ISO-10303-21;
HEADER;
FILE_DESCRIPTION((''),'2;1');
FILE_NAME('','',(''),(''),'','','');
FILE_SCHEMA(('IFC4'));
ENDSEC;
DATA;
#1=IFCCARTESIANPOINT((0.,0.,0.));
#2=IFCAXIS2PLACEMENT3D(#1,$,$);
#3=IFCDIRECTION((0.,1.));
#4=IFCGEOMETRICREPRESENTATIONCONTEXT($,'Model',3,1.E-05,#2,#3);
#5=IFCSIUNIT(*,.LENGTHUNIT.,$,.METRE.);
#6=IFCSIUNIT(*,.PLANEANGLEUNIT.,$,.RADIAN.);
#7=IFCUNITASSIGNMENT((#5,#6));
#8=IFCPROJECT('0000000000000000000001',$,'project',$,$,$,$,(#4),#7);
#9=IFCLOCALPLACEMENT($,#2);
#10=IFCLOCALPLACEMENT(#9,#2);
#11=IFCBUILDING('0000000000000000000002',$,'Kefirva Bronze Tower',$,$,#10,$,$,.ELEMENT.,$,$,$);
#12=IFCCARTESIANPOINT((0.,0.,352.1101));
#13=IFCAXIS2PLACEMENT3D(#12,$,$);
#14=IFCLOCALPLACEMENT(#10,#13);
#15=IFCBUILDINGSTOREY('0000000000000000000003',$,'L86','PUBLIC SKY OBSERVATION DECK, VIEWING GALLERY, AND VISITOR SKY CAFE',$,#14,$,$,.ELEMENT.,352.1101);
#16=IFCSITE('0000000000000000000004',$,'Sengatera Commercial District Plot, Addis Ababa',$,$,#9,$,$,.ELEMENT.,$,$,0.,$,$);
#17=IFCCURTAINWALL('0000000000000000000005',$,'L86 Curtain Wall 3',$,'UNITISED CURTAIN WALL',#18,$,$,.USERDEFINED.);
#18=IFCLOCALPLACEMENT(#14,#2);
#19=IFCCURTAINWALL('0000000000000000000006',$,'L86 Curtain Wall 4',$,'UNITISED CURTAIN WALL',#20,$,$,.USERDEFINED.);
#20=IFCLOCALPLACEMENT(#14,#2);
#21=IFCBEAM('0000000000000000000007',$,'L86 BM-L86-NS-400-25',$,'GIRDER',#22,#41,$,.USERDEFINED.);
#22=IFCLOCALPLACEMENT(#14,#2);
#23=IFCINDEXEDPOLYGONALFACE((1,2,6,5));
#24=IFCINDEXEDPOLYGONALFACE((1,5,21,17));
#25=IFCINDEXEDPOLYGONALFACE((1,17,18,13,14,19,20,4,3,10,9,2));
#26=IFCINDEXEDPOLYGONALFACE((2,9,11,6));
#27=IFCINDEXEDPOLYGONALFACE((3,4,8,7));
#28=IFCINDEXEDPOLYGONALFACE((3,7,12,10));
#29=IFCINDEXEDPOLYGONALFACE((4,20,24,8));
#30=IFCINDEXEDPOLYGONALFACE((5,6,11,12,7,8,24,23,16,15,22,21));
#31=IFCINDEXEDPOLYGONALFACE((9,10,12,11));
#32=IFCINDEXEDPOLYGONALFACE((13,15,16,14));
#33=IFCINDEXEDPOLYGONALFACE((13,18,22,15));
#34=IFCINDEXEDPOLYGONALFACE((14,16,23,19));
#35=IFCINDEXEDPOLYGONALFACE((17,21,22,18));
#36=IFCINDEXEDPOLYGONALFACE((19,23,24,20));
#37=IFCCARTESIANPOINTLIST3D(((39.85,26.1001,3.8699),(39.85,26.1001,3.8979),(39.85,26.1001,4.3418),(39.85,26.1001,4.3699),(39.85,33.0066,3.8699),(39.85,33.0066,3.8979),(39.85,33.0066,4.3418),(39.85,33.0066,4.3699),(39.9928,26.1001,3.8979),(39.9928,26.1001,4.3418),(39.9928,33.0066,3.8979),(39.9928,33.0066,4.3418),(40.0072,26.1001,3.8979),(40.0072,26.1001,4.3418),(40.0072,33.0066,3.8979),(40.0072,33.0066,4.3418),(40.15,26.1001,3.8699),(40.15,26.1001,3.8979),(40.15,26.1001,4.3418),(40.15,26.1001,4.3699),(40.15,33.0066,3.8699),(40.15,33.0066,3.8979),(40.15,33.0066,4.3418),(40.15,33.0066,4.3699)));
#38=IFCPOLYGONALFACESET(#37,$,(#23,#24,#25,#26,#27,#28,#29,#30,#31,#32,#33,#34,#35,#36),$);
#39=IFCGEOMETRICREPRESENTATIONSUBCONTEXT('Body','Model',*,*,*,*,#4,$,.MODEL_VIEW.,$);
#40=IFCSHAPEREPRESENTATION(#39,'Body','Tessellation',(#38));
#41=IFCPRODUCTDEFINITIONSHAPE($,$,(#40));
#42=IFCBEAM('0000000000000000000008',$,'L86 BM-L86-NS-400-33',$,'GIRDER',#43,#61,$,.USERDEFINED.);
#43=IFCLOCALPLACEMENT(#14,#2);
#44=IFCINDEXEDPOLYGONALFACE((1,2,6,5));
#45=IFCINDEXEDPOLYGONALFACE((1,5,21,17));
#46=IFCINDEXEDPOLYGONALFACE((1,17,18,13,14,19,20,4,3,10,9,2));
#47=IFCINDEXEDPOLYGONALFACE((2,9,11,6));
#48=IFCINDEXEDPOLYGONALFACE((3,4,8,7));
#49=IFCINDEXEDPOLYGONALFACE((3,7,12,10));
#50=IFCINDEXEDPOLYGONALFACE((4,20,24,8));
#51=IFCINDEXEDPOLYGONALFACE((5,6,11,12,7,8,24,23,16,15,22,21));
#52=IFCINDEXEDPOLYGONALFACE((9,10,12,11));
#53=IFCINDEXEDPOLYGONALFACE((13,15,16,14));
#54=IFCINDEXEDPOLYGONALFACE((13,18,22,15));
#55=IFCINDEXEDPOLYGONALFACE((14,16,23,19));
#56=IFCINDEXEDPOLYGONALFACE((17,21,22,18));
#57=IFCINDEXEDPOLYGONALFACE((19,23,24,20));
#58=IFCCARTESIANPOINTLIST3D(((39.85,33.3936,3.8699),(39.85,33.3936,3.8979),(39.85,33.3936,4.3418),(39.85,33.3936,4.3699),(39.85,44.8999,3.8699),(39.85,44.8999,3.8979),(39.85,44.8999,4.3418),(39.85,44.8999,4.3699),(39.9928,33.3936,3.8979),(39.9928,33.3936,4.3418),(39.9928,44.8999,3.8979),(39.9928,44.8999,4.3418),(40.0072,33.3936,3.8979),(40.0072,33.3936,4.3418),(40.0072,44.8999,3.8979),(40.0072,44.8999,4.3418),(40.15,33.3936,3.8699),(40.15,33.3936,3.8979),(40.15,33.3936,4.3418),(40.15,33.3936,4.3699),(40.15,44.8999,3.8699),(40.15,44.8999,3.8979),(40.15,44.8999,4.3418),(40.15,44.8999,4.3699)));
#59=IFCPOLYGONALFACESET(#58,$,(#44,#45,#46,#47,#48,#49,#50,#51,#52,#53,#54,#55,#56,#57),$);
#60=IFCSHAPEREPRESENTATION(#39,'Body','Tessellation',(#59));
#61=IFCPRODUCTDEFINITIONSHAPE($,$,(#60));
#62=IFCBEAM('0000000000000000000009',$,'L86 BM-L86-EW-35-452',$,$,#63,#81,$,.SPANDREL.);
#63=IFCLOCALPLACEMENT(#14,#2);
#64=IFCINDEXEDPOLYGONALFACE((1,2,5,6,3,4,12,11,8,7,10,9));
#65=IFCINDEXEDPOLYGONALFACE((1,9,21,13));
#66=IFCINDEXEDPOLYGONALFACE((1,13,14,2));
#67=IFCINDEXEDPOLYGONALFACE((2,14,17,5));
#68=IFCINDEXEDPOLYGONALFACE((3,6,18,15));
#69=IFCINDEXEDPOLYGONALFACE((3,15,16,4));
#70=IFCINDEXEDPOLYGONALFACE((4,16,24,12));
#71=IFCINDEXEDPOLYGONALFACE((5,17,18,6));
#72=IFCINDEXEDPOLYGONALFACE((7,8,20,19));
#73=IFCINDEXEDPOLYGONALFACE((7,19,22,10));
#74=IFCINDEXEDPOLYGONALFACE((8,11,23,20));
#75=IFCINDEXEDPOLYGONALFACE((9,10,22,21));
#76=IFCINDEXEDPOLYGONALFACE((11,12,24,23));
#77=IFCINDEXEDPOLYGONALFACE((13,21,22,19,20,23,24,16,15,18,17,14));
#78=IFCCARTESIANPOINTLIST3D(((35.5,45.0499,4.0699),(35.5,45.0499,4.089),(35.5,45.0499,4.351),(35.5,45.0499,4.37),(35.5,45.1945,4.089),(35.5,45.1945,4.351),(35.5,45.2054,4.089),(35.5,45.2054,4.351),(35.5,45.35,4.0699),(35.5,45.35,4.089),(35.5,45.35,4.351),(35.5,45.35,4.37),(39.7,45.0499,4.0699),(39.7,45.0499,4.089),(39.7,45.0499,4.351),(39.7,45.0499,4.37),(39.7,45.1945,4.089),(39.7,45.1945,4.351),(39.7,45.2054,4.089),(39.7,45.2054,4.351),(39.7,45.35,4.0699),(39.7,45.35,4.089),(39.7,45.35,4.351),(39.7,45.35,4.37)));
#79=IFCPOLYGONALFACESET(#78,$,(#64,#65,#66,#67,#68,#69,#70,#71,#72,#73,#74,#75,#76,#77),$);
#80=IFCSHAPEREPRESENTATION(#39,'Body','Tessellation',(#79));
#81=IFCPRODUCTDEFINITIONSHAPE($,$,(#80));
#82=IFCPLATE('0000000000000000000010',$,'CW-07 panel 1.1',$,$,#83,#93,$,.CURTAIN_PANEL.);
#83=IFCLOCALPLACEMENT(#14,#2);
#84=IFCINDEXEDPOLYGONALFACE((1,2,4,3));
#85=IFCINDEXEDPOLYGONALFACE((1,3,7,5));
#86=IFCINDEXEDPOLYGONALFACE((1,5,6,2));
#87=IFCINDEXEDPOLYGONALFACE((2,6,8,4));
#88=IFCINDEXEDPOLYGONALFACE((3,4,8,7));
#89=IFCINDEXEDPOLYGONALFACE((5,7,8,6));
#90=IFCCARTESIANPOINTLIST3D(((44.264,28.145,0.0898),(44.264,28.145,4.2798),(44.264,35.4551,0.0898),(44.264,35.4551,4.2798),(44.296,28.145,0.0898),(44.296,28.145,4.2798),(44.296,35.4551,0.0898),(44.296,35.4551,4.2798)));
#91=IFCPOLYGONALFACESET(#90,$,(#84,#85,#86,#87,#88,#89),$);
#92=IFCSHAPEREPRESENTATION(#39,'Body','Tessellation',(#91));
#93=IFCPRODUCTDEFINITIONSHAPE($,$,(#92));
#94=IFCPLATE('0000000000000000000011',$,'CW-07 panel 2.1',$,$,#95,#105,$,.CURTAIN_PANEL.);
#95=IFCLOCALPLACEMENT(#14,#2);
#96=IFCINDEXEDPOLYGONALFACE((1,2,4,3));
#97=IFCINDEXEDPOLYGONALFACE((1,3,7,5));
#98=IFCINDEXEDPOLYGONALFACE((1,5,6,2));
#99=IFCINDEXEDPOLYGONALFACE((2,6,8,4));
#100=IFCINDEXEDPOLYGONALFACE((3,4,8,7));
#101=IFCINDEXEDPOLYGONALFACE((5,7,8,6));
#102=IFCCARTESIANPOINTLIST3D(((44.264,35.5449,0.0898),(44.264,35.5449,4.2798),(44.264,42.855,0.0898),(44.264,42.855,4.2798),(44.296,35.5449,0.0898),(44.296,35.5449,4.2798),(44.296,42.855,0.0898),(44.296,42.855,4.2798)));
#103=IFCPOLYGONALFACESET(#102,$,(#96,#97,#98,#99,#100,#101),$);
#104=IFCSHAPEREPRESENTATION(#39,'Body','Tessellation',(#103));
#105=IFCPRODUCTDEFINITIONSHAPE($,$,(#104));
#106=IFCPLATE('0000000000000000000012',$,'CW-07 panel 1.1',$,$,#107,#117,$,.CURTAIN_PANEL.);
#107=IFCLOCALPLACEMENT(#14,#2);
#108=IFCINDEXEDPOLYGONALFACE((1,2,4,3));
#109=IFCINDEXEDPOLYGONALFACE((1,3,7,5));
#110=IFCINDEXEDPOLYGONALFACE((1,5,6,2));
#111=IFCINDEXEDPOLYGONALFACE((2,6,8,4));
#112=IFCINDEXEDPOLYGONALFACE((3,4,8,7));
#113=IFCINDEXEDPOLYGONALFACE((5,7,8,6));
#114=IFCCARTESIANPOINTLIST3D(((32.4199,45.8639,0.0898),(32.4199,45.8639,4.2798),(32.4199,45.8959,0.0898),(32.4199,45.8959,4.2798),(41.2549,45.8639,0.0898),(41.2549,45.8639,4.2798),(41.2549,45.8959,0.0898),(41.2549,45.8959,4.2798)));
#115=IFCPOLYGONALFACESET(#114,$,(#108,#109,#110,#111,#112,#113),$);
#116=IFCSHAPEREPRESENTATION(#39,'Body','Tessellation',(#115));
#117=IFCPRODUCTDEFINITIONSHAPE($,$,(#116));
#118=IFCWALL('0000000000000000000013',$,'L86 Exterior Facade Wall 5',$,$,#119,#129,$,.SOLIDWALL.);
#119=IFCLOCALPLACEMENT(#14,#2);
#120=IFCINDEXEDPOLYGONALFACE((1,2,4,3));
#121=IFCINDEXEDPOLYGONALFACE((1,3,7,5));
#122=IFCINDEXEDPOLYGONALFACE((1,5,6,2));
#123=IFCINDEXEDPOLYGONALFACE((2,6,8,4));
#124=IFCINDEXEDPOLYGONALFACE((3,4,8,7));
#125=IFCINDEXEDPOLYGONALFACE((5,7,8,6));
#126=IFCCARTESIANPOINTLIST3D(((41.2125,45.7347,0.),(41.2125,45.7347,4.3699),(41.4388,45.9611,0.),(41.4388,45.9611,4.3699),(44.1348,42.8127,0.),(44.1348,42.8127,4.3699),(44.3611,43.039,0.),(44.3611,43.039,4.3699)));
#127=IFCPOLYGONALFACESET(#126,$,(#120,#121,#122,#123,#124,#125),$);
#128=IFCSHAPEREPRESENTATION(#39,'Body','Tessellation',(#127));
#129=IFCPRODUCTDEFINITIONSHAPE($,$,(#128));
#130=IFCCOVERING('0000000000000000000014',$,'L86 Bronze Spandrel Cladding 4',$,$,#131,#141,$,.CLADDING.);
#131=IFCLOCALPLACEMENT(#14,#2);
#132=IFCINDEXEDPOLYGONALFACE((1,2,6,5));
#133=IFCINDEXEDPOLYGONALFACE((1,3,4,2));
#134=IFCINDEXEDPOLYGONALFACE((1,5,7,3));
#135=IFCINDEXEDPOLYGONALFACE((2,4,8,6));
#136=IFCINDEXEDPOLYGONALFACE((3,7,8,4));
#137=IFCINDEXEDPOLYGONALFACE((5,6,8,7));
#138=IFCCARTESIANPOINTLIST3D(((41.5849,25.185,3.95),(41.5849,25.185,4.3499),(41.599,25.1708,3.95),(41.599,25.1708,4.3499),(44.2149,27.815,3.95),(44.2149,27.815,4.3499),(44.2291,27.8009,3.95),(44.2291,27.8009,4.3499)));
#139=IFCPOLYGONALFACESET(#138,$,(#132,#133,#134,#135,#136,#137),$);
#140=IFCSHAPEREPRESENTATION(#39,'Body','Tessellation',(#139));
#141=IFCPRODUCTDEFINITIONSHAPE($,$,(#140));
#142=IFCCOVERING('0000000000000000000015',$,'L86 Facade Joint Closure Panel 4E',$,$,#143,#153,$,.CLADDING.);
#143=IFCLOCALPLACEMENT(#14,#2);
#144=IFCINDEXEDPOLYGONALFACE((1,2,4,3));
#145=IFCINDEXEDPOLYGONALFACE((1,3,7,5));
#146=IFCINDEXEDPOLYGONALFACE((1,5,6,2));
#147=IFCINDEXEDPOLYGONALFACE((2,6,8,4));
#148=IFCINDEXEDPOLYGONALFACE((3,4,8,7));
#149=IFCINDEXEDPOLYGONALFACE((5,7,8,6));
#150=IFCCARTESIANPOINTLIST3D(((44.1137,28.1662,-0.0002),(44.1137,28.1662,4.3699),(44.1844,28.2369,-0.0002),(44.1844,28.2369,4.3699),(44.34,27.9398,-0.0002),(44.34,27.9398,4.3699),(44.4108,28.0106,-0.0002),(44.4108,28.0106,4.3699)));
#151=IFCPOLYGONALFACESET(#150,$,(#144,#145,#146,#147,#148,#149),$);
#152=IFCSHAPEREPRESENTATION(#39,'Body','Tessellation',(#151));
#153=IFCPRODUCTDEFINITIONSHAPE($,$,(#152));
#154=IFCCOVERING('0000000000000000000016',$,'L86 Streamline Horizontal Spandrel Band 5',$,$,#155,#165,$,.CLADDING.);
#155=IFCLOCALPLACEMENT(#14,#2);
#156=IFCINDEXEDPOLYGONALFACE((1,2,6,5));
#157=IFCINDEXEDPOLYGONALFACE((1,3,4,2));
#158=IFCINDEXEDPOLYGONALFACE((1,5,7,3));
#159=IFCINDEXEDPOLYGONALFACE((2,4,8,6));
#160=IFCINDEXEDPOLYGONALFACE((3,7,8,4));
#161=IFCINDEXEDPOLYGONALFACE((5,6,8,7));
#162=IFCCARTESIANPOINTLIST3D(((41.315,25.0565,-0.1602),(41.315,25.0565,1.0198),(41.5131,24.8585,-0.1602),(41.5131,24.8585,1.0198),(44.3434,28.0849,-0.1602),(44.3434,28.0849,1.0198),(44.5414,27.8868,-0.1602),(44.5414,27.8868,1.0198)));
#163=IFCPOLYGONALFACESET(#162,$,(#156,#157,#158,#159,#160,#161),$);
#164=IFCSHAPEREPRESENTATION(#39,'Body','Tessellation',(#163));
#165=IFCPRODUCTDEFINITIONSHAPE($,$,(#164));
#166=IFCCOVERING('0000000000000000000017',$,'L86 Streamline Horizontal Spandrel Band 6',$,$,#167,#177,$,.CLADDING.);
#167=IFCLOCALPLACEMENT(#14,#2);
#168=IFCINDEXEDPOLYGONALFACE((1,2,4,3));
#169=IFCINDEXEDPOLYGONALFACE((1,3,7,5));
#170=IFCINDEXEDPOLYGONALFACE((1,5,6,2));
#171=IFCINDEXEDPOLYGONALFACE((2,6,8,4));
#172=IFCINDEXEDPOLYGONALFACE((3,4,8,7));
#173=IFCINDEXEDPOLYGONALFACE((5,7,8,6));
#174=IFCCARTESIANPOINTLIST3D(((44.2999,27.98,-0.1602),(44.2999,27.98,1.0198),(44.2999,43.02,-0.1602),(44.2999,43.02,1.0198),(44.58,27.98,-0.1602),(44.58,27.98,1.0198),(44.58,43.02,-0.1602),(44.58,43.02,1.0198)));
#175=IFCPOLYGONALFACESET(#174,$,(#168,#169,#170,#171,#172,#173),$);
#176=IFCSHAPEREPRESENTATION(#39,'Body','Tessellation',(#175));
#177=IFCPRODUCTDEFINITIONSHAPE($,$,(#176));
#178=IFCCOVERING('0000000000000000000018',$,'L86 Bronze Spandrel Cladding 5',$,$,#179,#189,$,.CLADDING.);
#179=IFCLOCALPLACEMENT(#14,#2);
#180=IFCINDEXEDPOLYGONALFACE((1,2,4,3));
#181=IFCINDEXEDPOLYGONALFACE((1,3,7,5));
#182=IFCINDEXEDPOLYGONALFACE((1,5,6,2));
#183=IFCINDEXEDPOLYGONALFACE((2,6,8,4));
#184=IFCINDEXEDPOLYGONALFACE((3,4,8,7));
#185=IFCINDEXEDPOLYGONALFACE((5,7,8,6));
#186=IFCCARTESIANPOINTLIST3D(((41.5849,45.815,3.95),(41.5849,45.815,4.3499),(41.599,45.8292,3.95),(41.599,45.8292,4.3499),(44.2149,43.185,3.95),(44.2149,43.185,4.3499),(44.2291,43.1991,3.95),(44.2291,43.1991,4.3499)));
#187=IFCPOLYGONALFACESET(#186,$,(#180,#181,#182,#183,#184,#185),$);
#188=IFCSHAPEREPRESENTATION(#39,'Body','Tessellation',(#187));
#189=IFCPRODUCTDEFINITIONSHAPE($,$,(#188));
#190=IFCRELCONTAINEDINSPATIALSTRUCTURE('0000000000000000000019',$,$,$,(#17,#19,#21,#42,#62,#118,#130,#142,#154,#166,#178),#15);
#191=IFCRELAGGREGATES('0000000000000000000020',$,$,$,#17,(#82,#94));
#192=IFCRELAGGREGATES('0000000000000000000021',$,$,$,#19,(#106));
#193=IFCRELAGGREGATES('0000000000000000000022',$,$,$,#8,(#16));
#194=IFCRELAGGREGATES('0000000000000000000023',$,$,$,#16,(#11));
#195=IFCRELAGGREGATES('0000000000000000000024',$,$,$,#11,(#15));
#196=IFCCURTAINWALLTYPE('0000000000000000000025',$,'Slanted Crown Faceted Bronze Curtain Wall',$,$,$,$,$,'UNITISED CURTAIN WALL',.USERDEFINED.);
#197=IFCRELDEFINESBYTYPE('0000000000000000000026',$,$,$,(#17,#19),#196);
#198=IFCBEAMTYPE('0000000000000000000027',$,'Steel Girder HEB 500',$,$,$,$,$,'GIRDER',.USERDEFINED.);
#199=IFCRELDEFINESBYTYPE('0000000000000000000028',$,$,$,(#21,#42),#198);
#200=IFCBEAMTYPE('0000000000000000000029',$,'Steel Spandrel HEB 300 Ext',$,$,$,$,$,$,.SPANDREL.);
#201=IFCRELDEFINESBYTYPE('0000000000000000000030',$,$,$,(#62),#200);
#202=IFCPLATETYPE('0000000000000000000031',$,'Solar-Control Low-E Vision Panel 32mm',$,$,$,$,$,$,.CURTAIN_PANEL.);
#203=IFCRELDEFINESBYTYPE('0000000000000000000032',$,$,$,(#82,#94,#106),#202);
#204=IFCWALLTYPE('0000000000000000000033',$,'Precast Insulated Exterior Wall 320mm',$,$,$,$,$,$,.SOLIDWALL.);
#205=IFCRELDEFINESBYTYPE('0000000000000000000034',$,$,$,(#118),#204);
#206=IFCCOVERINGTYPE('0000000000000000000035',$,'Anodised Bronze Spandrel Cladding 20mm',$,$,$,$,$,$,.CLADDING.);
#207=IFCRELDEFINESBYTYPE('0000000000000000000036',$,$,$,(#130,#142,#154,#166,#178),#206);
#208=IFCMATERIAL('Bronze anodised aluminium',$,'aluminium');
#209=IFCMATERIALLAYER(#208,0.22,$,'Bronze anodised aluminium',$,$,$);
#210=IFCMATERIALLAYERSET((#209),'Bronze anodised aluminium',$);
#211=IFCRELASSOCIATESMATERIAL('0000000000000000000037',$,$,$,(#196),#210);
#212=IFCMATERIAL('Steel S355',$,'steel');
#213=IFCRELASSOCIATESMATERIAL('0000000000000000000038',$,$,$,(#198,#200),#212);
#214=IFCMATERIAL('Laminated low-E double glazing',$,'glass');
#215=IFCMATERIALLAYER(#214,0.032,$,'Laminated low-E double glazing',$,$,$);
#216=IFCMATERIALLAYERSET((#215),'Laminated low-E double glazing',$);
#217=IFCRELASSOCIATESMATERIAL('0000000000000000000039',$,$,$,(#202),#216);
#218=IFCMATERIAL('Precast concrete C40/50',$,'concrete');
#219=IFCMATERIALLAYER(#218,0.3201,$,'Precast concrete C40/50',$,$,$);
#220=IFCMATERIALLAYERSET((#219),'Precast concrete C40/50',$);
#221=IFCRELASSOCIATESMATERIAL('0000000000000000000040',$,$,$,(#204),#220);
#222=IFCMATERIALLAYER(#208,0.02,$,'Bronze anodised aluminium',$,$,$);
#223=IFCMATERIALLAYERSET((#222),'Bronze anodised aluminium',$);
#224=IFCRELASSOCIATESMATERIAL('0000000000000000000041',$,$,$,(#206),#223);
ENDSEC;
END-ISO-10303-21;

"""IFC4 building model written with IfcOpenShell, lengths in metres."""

from ifc_helpers import new_model, si_unit, direction, frame, frame_2d, origin, origin_2d, place, context, subcontext, project, spatial, rectangle, i_section, extrude, material, layer, layer_set, material_profile, profile_set, type_object, element, aggregate, save


model = new_model("IFC4")

# Units and contexts
model_context = context("Model", 3, precision=1e-05, world=origin(), true_north=direction((0.0, 1.0)))
body_context = subcontext(model_context, "Body", "Model", "MODEL_VIEW")
ifc_project = project(units=[si_unit("LENGTHUNIT", "METRE"), si_unit("PLANEANGLEUNIT", "RADIAN")], contexts=[model_context])

# Site, building, storey
site_placement = place(None, origin())
site = spatial("IfcSite", under=ifc_project, at=site_placement, Name="Sengatera Commercial District Plot, Addis Ababa", CompositionType="ELEMENT", RefElevation=0.0)
building_placement = place(site_placement, origin())
building = spatial("IfcBuilding", under=site, at=building_placement, Name="Kefirva Bronze Tower", CompositionType="ELEMENT")
storey_placement = place(building_placement, frame((0.0, 0.0, 352.1101)))
storey = spatial("IfcBuildingStorey", under=building, at=storey_placement, Name="L86", Description="PUBLIC SKY OBSERVATION DECK, VIEWING GALLERY, AND VISITOR SKY CAFE", CompositionType="ELEMENT", Elevation=352.1101)

# Curtain wall
ifc_material_1 = material(Name="Bronze anodised aluminium", Category="aluminium")
ifc_layer_1 = layer(ifc_material_1, 0.22, Name="Bronze anodised aluminium")
ifc_layer_set_1 = layer_set([ifc_layer_1], Name="Bronze anodised aluminium")
curtain_wall_type = type_object("IfcCurtainWallType", Name="Slanted Crown Faceted Bronze Curtain Wall", ElementType="UNITISED CURTAIN WALL", PredefinedType="USERDEFINED", material=ifc_layer_set_1)
curtain_wall_1_placement = place(storey_placement, origin())
curtain_wall_1 = element("IfcCurtainWall", 1, at=curtain_wall_1_placement, inside=storey, type_object=curtain_wall_type, Name="L86 Curtain Wall 3", ObjectType="UNITISED CURTAIN WALL", PredefinedType="USERDEFINED")

# Curtain wall
curtain_wall_2_placement = place(storey_placement, origin())
curtain_wall_2 = element("IfcCurtainWall", 2, at=curtain_wall_2_placement, inside=storey, type_object=curtain_wall_type, Name="L86 Curtain Wall 4", ObjectType="UNITISED CURTAIN WALL", PredefinedType="USERDEFINED")

# Beams
ifc_material_2 = material(Name="Steel S355", Category="steel")
ifc_material_profile_1 = material_profile(ifc_material_2, i_section(OverallWidth=0.3, OverallDepth=0.5, WebThickness=0.0144, FlangeThickness=0.0281, at=origin_2d()), Name="HEB 500")
ifc_profile_set_1 = profile_set([ifc_material_profile_1], Name="Steel S355")
beam_type_1 = type_object("IfcBeamType", Name="Steel Girder HEB 500", ElementType="GIRDER", PredefinedType="USERDEFINED", material=ifc_profile_set_1)
beam_1_placement = place(storey_placement, frame((40.0, 26.1001, 4.1199), z_axis=(0.0, 1.0, 0.0), x_axis=(-1.0, 0.0, 0.0)))
element("IfcBeam", 3, at=beam_1_placement, inside=storey, type_object=beam_type_1, Name="L86 BM-L86-NS-400-25", ObjectType="GIRDER", PredefinedType="USERDEFINED", context=body_context, shape_type="SweptSolid", body=[
    extrude(i_section(OverallWidth=0.3, OverallDepth=0.5, WebThickness=0.0144, FlangeThickness=0.0281, at=origin_2d()), origin(), (0.0, 0.0, 1.0), 6.9065),
])
beam_2_placement = place(storey_placement, frame((40.0, 33.3936, 4.1199), z_axis=(0.0, 1.0, 0.0), x_axis=(-1.0, 0.0, 0.0)))
element("IfcBeam", 4, at=beam_2_placement, inside=storey, type_object=beam_type_1, Name="L86 BM-L86-NS-400-33", ObjectType="GIRDER", PredefinedType="USERDEFINED", context=body_context, shape_type="SweptSolid", body=[
    extrude(i_section(OverallWidth=0.3, OverallDepth=0.5, WebThickness=0.0144, FlangeThickness=0.0281, at=origin_2d()), origin(), (0.0, 0.0, 1.0), 11.5063),
])
ifc_material_profile_2 = material_profile(ifc_material_2, i_section(OverallWidth=0.3, OverallDepth=0.3, WebThickness=0.011, FlangeThickness=0.019, at=origin_2d()), Name="HEB 300")
ifc_profile_set_2 = profile_set([ifc_material_profile_2], Name="Steel S355")
beam_type_2 = type_object("IfcBeamType", Name="Steel Spandrel HEB 300 Ext", PredefinedType="SPANDREL", material=ifc_profile_set_2)
beam_3_placement = place(storey_placement, frame((35.5, 45.2, 4.22), z_axis=(1.0, 0.0, 0.0), x_axis=(0.0, 1.0, 0.0)))
element("IfcBeam", 5, at=beam_3_placement, inside=storey, type_object=beam_type_2, Name="L86 BM-L86-EW-35-452", PredefinedType="SPANDREL", context=body_context, shape_type="SweptSolid", body=[
    extrude(i_section(OverallWidth=0.3, OverallDepth=0.3, WebThickness=0.011, FlangeThickness=0.019, at=origin_2d()), origin(), (0.0, 0.0, 1.0), 4.2),
])

# Plates
ifc_material_3 = material(Name="Laminated low-E double glazing", Category="glass")
ifc_layer_2 = layer(ifc_material_3, 0.032, Name="Laminated low-E double glazing")
ifc_layer_set_2 = layer_set([ifc_layer_2], Name="Laminated low-E double glazing")
plate_type = type_object("IfcPlateType", Name="Solar-Control Low-E Vision Panel 32mm", PredefinedType="CURTAIN_PANEL", material=ifc_layer_set_2)
plate_1_placement = place(storey_placement, frame((44.28, 31.8, 0.0898), z_axis=(0.0, 0.0, 1.0), x_axis=(0.0, 1.0, 0.0)))
plate_1 = element("IfcPlate", 6, at=plate_1_placement, type_object=plate_type, Name="CW-07 panel 1.1", PredefinedType="CURTAIN_PANEL", context=body_context, shape_type="SweptSolid", body=[
    extrude(rectangle(XDim=7.3101, YDim=0.032, at=origin_2d()), origin(), (0.0, 0.0, 1.0), 4.1899),
])
plate_2_placement = place(storey_placement, frame((44.28, 39.2, 0.0898), z_axis=(0.0, 0.0, 1.0), x_axis=(0.0, 1.0, 0.0)))
plate_2 = element("IfcPlate", 7, at=plate_2_placement, type_object=plate_type, Name="CW-07 panel 2.1", PredefinedType="CURTAIN_PANEL", context=body_context, shape_type="SweptSolid", body=[
    extrude(rectangle(XDim=7.3101, YDim=0.032, at=origin_2d()), origin(), (0.0, 0.0, 1.0), 4.1899),
])
aggregate(curtain_wall_1, [plate_1, plate_2])
plate_3_placement = place(storey_placement, frame((36.8374, 45.8799, 0.0898), z_axis=(0.0, 0.0, 1.0), x_axis=(-1.0, 0.0, 0.0)))
plate_3 = element("IfcPlate", 8, at=plate_3_placement, type_object=plate_type, Name="CW-07 panel 1.1", PredefinedType="CURTAIN_PANEL", context=body_context, shape_type="SweptSolid", body=[
    extrude(rectangle(XDim=8.835, YDim=0.032, at=origin_2d()), origin(), (0.0, 0.0, 1.0), 4.1899),
])
aggregate(curtain_wall_2, [plate_3])

# Wall
ifc_material_4 = material(Name="Precast concrete C40/50", Category="concrete")
ifc_layer_3 = layer(ifc_material_4, 0.3201, Name="Precast concrete C40/50")
ifc_layer_set_3 = layer_set([ifc_layer_3], Name="Precast concrete C40/50")
wall_type = type_object("IfcWallType", Name="Precast Insulated Exterior Wall 320mm", PredefinedType="SOLIDWALL", material=ifc_layer_set_3)
wall_placement = place(storey_placement, frame((44.248, 42.9258, 0.0), z_axis=(0.0, 0.0, 1.0), x_axis=(-0.707136, 0.707077, 0.0)))
element("IfcWall", 9, at=wall_placement, inside=storey, type_object=wall_type, Name="L86 Exterior Facade Wall 5", PredefinedType="SOLIDWALL", context=body_context, shape_type="SweptSolid", body=[
    extrude(rectangle(XDim=4.1326, YDim=0.3201, at=frame_2d((2.0664, 0.0))), origin(), (0.0, 0.0, 1.0), 4.3699),
])

# Coverings
ifc_layer_4 = layer(ifc_material_1, 0.02, Name="Bronze anodised aluminium")
ifc_layer_set_4 = layer_set([ifc_layer_4], Name="Bronze anodised aluminium")
covering_type_1 = type_object("IfcCoveringType", Name="Anodised Bronze Spandrel Cladding 20mm", PredefinedType="CLADDING", material=ifc_layer_set_4)
covering_1_placement = place(storey_placement, frame((42.907, 26.4929, 3.95), z_axis=(0.0, 0.0, 1.0), x_axis=(0.707107, 0.707107, 0.0)))
element("IfcCovering", 10, at=covering_1_placement, inside=storey, type_object=covering_type_1, Name="L86 Bronze Spandrel Cladding 4", PredefinedType="CLADDING", context=body_context, shape_type="SweptSolid", body=[
    extrude(rectangle(XDim=3.7195, YDim=0.02, at=origin_2d()), origin(), (0.0, 0.0, 1.0), 0.3999),
])
covering_2_placement = place(storey_placement, frame((44.2622, 28.0884, -0.0002), z_axis=(0.0, 0.0, 1.0), x_axis=(0.707107, 0.707107, 0.0)))
element("IfcCovering", 11, at=covering_2_placement, inside=storey, type_object=covering_type_1, Name="L86 Facade Joint Closure Panel 4E", PredefinedType="CLADDING", context=body_context, shape_type="SweptSolid", body=[
    extrude(rectangle(XDim=0.1001, YDim=0.3201, at=origin_2d()), origin(), (0.0, 0.0, 1.0), 4.3701),
])
covering_3_placement = place(storey_placement, frame((42.9282, 26.4717, -0.1602), z_axis=(0.0, 0.0, 1.0), x_axis=(0.707107, 0.707107, 0.0)))
element("IfcCovering", 12, at=covering_3_placement, inside=storey, type_object=covering_type_1, Name="L86 Streamline Horizontal Spandrel Band 5", PredefinedType="CLADDING", context=body_context, shape_type="SweptSolid", body=[
    extrude(rectangle(XDim=4.2827, YDim=0.28, at=origin_2d()), origin(), (0.0, 0.0, 1.0), 1.1799),
])
covering_4_placement = place(storey_placement, frame((44.4399, 35.5, -0.1602), z_axis=(0.0, 0.0, 1.0), x_axis=(0.0, 1.0, 0.0)))
element("IfcCovering", 13, at=covering_4_placement, inside=storey, type_object=covering_type_1, Name="L86 Streamline Horizontal Spandrel Band 6", PredefinedType="CLADDING", context=body_context, shape_type="SweptSolid", body=[
    extrude(rectangle(XDim=15.04, YDim=0.28, at=origin_2d()), origin(), (0.0, 0.0, 1.0), 1.1799),
])
covering_5_placement = place(storey_placement, frame((42.907, 44.5071, 3.95), z_axis=(0.0, 0.0, 1.0), x_axis=(-0.707107, 0.707107, 0.0)))
element("IfcCovering", 14, at=covering_5_placement, inside=storey, type_object=covering_type_1, Name="L86 Bronze Spandrel Cladding 5", PredefinedType="CLADDING", context=body_context, shape_type="SweptSolid", body=[
    extrude(rectangle(XDim=3.7195, YDim=0.02, at=origin_2d()), origin(), (0.0, 0.0, 1.0), 0.3999),
])

save(model, "model.ifc")
